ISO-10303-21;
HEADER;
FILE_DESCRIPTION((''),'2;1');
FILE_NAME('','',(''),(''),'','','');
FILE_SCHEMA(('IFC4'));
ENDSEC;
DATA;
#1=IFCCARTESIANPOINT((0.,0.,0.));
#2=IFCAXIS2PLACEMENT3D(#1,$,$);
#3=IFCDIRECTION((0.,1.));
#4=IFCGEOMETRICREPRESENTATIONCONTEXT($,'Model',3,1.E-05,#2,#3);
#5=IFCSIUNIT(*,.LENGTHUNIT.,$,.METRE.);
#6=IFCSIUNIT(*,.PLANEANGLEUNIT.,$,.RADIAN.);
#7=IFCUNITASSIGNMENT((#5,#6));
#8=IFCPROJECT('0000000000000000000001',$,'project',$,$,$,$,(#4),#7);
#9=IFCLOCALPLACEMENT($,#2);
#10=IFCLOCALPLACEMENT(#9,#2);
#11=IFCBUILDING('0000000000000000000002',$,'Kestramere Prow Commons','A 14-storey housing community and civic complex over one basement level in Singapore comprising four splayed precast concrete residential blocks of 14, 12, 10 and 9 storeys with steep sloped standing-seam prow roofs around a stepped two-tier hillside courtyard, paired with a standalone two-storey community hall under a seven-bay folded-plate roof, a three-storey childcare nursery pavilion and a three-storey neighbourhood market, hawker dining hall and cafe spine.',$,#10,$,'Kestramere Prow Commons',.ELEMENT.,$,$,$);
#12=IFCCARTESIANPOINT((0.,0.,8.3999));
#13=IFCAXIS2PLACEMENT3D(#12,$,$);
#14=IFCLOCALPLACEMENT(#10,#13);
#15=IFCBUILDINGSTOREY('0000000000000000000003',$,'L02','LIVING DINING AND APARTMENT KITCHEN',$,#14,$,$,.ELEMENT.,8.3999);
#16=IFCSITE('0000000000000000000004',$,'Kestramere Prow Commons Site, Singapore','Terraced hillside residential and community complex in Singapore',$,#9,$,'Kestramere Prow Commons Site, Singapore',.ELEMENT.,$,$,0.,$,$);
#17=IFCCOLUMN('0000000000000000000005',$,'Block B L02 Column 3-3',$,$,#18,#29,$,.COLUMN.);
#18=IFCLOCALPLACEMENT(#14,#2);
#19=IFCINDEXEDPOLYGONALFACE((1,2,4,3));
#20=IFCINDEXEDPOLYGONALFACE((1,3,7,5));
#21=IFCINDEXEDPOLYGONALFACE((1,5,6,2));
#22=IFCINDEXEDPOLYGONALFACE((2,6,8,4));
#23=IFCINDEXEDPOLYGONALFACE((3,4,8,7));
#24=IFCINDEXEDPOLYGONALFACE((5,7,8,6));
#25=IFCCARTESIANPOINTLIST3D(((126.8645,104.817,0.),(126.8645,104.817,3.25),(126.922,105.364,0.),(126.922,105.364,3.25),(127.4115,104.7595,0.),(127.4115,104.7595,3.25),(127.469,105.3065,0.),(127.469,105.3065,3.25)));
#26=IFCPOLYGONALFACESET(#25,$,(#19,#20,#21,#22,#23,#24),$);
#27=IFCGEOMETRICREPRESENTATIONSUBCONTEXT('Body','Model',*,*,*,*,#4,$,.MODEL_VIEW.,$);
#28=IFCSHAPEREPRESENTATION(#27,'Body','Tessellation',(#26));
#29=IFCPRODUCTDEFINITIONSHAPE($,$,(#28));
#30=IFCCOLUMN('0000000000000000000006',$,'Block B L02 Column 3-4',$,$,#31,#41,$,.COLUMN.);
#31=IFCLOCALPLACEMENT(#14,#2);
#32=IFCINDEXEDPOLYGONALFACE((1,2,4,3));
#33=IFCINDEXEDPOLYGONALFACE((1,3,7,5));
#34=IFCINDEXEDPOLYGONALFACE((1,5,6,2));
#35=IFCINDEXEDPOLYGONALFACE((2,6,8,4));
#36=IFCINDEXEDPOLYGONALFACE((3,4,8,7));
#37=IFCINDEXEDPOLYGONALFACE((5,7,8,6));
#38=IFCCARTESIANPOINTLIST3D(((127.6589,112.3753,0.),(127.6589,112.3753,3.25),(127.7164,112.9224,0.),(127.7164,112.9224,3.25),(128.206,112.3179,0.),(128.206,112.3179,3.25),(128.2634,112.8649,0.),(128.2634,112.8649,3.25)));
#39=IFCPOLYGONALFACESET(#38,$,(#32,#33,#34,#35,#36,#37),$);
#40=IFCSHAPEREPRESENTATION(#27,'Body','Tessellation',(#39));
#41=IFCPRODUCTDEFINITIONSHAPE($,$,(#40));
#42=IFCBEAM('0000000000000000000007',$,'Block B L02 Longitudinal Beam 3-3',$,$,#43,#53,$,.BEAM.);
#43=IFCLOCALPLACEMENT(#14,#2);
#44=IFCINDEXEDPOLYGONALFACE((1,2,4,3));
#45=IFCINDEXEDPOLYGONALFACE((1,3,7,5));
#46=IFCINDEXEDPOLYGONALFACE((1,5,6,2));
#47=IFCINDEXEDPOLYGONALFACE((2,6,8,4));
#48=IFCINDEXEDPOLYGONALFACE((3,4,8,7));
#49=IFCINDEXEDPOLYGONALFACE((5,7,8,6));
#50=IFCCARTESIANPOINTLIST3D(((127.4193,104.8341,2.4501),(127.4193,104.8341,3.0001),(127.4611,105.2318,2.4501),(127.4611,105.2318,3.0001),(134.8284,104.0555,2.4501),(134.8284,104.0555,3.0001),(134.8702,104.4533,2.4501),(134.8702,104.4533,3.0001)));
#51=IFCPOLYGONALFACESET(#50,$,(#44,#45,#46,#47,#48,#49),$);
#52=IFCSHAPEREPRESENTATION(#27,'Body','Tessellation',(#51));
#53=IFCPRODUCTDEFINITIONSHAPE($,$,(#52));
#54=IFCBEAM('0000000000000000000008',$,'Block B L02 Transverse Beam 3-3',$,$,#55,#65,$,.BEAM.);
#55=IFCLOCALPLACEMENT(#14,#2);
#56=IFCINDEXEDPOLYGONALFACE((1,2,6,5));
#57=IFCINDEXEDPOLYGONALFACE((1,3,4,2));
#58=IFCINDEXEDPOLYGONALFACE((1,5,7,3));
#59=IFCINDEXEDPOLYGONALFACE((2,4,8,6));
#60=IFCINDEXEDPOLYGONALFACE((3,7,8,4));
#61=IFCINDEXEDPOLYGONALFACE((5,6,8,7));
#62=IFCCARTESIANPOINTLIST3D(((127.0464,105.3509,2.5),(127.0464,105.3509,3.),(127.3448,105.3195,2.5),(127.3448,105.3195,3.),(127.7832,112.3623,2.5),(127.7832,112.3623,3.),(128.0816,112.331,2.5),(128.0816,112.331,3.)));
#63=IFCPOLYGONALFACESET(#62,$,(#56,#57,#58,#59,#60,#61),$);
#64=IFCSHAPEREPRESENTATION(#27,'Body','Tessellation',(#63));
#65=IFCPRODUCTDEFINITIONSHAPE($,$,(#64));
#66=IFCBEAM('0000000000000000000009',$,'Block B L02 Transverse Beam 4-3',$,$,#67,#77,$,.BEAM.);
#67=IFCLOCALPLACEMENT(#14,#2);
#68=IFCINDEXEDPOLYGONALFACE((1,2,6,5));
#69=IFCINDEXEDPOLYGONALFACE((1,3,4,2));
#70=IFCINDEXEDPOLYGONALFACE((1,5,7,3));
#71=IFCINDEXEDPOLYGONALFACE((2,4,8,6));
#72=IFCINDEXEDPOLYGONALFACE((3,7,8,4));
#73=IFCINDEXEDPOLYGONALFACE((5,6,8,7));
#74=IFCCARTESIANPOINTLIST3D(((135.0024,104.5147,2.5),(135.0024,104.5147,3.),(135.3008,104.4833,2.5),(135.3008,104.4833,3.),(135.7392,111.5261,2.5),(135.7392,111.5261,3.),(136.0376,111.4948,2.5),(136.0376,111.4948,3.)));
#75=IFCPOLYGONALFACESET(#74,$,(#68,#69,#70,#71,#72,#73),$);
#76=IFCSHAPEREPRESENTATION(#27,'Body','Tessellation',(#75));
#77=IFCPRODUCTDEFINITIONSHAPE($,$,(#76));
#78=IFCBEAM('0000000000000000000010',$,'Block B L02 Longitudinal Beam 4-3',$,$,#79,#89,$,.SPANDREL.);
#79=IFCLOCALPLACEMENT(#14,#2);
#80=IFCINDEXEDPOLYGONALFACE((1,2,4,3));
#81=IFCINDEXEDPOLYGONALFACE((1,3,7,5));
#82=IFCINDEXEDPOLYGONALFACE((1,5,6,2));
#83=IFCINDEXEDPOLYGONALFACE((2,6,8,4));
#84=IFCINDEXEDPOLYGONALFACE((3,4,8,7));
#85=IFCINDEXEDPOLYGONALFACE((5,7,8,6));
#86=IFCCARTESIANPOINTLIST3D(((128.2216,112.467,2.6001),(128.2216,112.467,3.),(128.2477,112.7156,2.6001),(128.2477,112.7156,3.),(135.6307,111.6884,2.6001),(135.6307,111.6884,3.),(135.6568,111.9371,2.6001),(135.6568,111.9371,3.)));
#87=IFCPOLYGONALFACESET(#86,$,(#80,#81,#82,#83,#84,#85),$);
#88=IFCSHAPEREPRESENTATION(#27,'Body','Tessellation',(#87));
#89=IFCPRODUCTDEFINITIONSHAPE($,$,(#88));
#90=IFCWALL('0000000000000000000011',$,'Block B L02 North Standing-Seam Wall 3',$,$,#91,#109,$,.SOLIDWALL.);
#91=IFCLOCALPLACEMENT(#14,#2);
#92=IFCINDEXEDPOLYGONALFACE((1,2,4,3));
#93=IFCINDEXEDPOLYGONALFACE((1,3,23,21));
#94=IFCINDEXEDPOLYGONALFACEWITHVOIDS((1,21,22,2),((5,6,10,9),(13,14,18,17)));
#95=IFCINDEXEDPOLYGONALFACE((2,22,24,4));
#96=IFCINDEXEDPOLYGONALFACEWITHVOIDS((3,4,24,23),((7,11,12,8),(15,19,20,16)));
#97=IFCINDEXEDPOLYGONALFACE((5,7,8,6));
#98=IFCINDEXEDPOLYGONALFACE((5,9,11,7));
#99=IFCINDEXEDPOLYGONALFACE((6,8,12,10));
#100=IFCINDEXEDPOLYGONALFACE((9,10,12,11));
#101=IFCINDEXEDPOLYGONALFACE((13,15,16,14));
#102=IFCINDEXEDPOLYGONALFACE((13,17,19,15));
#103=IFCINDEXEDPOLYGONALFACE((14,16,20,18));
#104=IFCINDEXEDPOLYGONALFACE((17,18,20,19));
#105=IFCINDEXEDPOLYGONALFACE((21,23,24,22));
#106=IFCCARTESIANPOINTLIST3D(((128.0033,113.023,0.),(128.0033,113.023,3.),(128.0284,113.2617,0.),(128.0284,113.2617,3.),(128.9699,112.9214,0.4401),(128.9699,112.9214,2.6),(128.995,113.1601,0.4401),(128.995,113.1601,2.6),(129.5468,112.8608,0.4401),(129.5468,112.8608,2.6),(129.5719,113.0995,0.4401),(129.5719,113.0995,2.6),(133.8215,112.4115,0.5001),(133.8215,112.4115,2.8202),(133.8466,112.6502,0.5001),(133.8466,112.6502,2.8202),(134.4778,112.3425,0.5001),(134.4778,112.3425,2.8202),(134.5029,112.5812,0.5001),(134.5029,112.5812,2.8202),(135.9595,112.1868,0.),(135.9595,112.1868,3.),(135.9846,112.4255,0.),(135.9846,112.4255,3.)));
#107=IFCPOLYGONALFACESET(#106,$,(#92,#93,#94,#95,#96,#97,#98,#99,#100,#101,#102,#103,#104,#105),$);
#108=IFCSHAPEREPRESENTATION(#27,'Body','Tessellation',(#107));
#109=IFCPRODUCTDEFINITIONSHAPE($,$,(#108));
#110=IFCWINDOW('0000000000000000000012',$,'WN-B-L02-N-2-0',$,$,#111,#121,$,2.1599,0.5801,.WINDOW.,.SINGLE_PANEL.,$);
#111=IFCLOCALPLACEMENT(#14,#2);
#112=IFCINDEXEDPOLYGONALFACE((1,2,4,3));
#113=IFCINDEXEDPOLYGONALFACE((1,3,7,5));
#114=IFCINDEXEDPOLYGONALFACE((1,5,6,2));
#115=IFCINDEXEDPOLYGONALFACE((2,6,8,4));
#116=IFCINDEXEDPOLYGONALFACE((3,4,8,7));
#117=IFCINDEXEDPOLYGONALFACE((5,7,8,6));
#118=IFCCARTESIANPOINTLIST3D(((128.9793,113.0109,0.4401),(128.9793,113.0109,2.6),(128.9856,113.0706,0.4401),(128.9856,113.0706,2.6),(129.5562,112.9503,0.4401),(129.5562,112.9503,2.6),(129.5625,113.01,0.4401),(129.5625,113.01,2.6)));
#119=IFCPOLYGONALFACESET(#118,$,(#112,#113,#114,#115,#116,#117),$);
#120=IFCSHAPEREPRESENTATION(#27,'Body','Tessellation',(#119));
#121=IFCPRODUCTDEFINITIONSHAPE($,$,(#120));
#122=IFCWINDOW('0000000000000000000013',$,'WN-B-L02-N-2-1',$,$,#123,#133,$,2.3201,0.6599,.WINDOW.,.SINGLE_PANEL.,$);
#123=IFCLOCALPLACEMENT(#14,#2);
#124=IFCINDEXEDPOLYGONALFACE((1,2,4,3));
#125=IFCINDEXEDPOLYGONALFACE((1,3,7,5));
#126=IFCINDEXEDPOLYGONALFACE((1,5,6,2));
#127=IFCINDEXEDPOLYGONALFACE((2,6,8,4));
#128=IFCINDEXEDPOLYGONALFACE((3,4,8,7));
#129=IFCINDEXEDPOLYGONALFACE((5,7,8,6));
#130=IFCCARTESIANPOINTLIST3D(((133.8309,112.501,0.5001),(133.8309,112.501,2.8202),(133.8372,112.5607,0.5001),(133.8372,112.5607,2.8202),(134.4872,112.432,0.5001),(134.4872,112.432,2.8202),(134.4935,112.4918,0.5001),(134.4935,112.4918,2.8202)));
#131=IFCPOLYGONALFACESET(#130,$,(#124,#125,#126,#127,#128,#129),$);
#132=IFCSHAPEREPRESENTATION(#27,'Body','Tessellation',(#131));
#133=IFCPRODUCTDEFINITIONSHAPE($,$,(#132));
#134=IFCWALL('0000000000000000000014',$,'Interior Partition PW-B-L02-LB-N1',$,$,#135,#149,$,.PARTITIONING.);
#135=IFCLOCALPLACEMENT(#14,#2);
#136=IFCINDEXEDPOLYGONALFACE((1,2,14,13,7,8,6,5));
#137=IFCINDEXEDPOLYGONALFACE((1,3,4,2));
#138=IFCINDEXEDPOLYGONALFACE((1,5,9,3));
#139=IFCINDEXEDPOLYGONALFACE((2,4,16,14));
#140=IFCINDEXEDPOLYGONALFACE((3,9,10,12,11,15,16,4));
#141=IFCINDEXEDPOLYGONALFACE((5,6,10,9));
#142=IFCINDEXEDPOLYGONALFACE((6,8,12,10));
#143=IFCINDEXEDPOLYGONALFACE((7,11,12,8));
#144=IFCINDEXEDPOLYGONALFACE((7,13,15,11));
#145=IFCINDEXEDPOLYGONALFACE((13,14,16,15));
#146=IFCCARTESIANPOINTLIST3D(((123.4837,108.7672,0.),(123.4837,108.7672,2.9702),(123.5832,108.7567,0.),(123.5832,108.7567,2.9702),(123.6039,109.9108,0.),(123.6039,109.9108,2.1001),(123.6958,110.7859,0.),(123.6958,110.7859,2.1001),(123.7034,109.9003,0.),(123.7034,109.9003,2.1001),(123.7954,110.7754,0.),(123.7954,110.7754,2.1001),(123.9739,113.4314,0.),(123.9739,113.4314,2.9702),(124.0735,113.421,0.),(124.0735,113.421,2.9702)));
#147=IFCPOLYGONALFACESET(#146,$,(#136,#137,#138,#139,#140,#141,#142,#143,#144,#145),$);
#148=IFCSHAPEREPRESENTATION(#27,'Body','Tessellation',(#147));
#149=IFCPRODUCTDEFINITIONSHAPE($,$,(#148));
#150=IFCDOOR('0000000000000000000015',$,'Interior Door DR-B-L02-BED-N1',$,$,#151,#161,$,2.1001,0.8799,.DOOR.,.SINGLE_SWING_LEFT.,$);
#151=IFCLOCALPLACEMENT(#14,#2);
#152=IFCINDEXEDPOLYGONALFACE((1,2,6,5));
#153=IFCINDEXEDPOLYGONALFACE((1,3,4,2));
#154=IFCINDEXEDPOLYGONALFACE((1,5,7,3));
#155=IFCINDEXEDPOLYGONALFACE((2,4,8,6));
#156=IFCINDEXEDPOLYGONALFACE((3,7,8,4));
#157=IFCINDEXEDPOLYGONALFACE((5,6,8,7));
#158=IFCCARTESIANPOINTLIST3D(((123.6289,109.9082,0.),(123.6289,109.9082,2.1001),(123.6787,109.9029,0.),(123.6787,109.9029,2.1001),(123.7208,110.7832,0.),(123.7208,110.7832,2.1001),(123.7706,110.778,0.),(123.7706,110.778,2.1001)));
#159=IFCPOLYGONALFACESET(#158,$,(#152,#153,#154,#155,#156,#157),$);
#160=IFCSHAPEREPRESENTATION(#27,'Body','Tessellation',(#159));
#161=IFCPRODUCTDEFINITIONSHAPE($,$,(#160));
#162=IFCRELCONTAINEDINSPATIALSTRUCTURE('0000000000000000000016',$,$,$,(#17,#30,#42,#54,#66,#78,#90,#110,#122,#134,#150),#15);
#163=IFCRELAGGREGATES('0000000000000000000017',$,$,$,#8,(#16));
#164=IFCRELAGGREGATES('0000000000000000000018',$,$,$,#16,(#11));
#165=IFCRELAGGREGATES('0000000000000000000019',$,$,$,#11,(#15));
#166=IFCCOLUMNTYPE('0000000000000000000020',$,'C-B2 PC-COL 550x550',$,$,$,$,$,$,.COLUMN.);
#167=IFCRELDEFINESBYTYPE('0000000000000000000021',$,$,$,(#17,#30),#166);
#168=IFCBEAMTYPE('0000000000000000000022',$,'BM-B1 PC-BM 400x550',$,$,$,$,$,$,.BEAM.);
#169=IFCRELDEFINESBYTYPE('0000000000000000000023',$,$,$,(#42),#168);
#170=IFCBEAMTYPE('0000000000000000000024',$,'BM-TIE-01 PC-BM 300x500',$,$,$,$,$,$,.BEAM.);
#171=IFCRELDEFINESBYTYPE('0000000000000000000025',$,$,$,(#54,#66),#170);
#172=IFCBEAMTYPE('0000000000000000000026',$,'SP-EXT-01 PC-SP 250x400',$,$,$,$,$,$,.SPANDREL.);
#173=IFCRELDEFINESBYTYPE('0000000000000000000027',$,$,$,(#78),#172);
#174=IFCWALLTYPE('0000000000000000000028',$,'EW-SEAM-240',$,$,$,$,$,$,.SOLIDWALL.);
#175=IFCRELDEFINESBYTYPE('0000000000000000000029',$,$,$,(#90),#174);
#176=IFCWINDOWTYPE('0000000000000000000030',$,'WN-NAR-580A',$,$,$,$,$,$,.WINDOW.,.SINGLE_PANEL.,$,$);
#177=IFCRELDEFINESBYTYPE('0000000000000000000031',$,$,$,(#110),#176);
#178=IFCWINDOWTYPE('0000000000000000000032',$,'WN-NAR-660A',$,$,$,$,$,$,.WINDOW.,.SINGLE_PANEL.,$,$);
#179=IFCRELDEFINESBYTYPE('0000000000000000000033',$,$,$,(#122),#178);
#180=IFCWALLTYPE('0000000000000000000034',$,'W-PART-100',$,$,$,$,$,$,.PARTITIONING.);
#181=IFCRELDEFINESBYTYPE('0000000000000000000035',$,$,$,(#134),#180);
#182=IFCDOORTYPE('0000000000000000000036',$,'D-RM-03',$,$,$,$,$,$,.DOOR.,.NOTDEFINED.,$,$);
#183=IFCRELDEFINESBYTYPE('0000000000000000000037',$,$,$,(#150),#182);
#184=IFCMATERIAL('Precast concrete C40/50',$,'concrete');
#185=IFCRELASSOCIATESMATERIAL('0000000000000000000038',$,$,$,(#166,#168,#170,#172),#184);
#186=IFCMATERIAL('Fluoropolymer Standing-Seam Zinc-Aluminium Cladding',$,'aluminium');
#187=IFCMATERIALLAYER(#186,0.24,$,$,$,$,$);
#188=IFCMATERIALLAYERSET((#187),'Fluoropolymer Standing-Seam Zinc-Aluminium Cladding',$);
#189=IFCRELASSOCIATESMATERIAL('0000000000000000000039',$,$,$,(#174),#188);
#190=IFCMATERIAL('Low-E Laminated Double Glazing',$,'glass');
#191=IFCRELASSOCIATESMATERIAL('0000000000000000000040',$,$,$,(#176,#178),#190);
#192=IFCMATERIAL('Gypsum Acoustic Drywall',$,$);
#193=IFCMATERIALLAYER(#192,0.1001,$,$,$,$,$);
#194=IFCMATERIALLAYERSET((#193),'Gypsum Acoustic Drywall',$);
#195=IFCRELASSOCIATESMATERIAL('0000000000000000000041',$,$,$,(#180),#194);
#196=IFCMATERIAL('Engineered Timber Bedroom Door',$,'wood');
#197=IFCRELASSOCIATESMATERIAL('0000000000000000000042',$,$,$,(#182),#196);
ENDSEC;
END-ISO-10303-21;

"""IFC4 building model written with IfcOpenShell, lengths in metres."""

from ifc_helpers import new_model, si_unit, direction, frame, frame_2d, origin, origin_2d, place, context, subcontext, project, spatial, rectangle, extrude, material, layer, layer_set, material_profile, profile_set, type_object, element, fill, save


model = new_model("IFC4")

# Units and contexts
model_context = context("Model", 3, precision=1e-05, world=origin(), true_north=direction((0.0, 1.0)))
body_context = subcontext(model_context, "Body", "Model", "MODEL_VIEW")
ifc_project = project(units=[si_unit("LENGTHUNIT", "METRE"), si_unit("PLANEANGLEUNIT", "RADIAN")], contexts=[model_context])

# Site, building, storey
site_placement = place(None, origin())
site = spatial("IfcSite", under=ifc_project, at=site_placement, Name="Kestramere Prow Commons Site, Singapore", Description="Terraced hillside residential and community complex in Singapore", LongName="Kestramere Prow Commons Site, Singapore", CompositionType="ELEMENT", RefElevation=0.0)
building_placement = place(site_placement, origin())
building = spatial("IfcBuilding", under=site, at=building_placement, Name="Kestramere Prow Commons", Description="A 14-storey housing community and civic complex over one basement level in Singapore comprising four splayed precast concrete residential blocks of 14, 12, 10 and 9 storeys with steep sloped standing-seam prow roofs around a stepped two-tier hillside courtyard, paired with a standalone two-storey community hall under a seven-bay folded-plate roof, a three-storey childcare nursery pavilion and a three-storey neighbourhood market, hawker dining hall and cafe spine.", LongName="Kestramere Prow Commons", CompositionType="ELEMENT")
storey_placement = place(building_placement, frame((0.0, 0.0, 8.3999)))
storey = spatial("IfcBuildingStorey", under=building, at=storey_placement, Name="L02", Description="LIVING DINING AND APARTMENT KITCHEN", CompositionType="ELEMENT", Elevation=8.3999)

# Columns
ifc_material_1 = material(Name="Precast concrete C40/50", Category="concrete")
ifc_material_profile_1 = material_profile(ifc_material_1, rectangle(XDim=0.55, YDim=0.55, at=origin_2d()), Name="PC-COL 550x550")
ifc_profile_set_1 = profile_set([ifc_material_profile_1], Name="Precast concrete C40/50")
column_type = type_object("IfcColumnType", Name="C-B2 PC-COL 550x550", PredefinedType="COLUMN", material=ifc_profile_set_1)
for number, where, z_axis, x_axis, name in (
    (1, (127.1667, 105.0618, 0.0), (0.0, 0.0, 1.0), (0.994522, -0.104528, 0.0), "Block B L02 Column 3-3"),
    (2, (127.9612, 112.6201, 0.0), (0.0, 0.0, 1.0), (0.994522, -0.104528, 0.0), "Block B L02 Column 3-4"),
):
    element("IfcColumn", number, at=place(storey_placement, frame(where, z_axis=z_axis, x_axis=x_axis)), inside=storey, type_object=column_type, Name=name, PredefinedType="COLUMN", context=body_context, shape_type="SweptSolid", body=[
        extrude(rectangle(XDim=0.55, YDim=0.55, at=origin_2d()), origin(), (0.0, 0.0, 1.0), 3.25),
    ])

# Beams
ifc_material_profile_2 = material_profile(ifc_material_1, rectangle(XDim=0.3999, YDim=0.55, at=origin_2d()), Name="PC-BM 400x550")
ifc_profile_set_2 = profile_set([ifc_material_profile_2], Name="Precast concrete C40/50")
beam_type_1 = type_object("IfcBeamType", Name="BM-B1 PC-BM 400x550", PredefinedType="BEAM", material=ifc_profile_set_2)
beam_1_placement = place(storey_placement, frame((127.4402, 105.033, 2.7251), z_axis=(0.994524, -0.104506, 0.0), x_axis=(0.104506, 0.994524, 0.0)))
element("IfcBeam", 3, at=beam_1_placement, inside=storey, type_object=beam_type_1, Name="Block B L02 Longitudinal Beam 3-3", PredefinedType="BEAM", context=body_context, shape_type="SweptSolid", body=[
    extrude(rectangle(XDim=0.3999, YDim=0.55, at=origin_2d()), origin(), (0.0, 0.0, 1.0), 7.45),
])
ifc_material_profile_3 = material_profile(ifc_material_1, rectangle(XDim=0.3, YDim=0.5, at=origin_2d()), Name="PC-BM 300x500")
ifc_profile_set_3 = profile_set([ifc_material_profile_3], Name="Precast concrete C40/50")
beam_type_2 = type_object("IfcBeamType", Name="BM-TIE-01 PC-BM 300x500", PredefinedType="BEAM", material=ifc_profile_set_3)
for number, where, z_axis, x_axis, name in (
    (4, (127.1956, 105.3352, 2.75), (0.104512, 0.994524, 0.0), (-0.994524, 0.104512, 0.0), "Block B L02 Transverse Beam 3-3"),
    (5, (135.1516, 104.499, 2.75), (0.104512, 0.994524, 0.0), (-0.994524, 0.104512, 0.0), "Block B L02 Transverse Beam 4-3"),
):
    element("IfcBeam", number, at=place(storey_placement, frame(where, z_axis=z_axis, x_axis=x_axis)), inside=storey, type_object=beam_type_2, Name=name, PredefinedType="BEAM", context=body_context, shape_type="SweptSolid", body=[
        extrude(rectangle(XDim=0.3, YDim=0.5, at=origin_2d()), origin(), (0.0, 0.0, 1.0), 7.05),
    ])
ifc_material_profile_4 = material_profile(ifc_material_1, rectangle(XDim=0.25, YDim=0.3999, at=origin_2d()), Name="PC-SP 250x400")
ifc_profile_set_4 = profile_set([ifc_material_profile_4], Name="Precast concrete C40/50")
beam_type_3 = type_object("IfcBeamType", Name="SP-EXT-01 PC-SP 250x400", PredefinedType="SPANDREL", material=ifc_profile_set_4)
beam_2_placement = place(storey_placement, frame((128.2346, 112.5913, 2.8), z_axis=(0.994524, -0.104506, 0.0), x_axis=(0.104506, 0.994524, 0.0)))
element("IfcBeam", 6, at=beam_2_placement, inside=storey, type_object=beam_type_3, Name="Block B L02 Longitudinal Beam 4-3", PredefinedType="SPANDREL", context=body_context, shape_type="SweptSolid", body=[
    extrude(rectangle(XDim=0.25, YDim=0.3999, at=origin_2d()), origin(), (0.0, 0.0, 1.0), 7.45),
])

# Wall, openings, windows
ifc_material_2 = material(Name="Fluoropolymer Standing-Seam Zinc-Aluminium Cladding", Category="aluminium")
ifc_layer_1 = layer(ifc_material_2, 0.24)
ifc_layer_set_1 = layer_set([ifc_layer_1], Name="Fluoropolymer Standing-Seam Zinc-Aluminium Cladding")
wall_type_1 = type_object("IfcWallType", Name="EW-SEAM-240", PredefinedType="SOLIDWALL", material=ifc_layer_set_1)
wall_1_placement = place(storey_placement, frame((128.0159, 113.1423, 0.0), z_axis=(0.0, 0.0, 1.0), x_axis=(0.994523, -0.104521, 0.0)))
wall_1 = element("IfcWall", 7, at=wall_1_placement, inside=storey, type_object=wall_type_1, Name="Block B L02 North Standing-Seam Wall 3", PredefinedType="SOLIDWALL", context=body_context, shape_type="SweptSolid", body=[
    extrude(rectangle(XDim=8.0, YDim=0.24, at=frame_2d((4.0, 0.0))), origin(), (0.0, 0.0, 1.0), 3.0),
])
opening_1_placement = place(wall_1_placement, frame((0.9719, 0.0, 0.4399)))
opening_1 = element("IfcOpeningElement", 8, at=opening_1_placement, cuts=wall_1, PredefinedType="OPENING", context=body_context, shape_type="SweptSolid", body=[
    extrude(rectangle(XDim=0.5801, YDim=2.1599, at=frame_2d((0.29, 1.0801))), frame((0.0, 0.135, 0.0), z_axis=(0.0, -1.0, 0.0), x_axis=(1.0, 0.0, 0.0)), (0.0, 0.0, 1.0), 0.27),
])
opening_2_placement = place(wall_1_placement, frame((5.8501, 0.0, 0.5)))
opening_2 = element("IfcOpeningElement", 9, at=opening_2_placement, cuts=wall_1, PredefinedType="OPENING", context=body_context, shape_type="SweptSolid", body=[
    extrude(rectangle(XDim=0.6599, YDim=2.3201, at=frame_2d((0.3301, 1.1602))), frame((0.0, 0.135, 0.0), z_axis=(0.0, -1.0, 0.0), x_axis=(1.0, 0.0, 0.0)), (0.0, 0.0, 1.0), 0.27),
])
ifc_material_3 = material(Name="Low-E Laminated Double Glazing", Category="glass")
window_type_1 = type_object("IfcWindowType", Name="WN-NAR-580A", PartitioningType="SINGLE_PANEL", PredefinedType="WINDOW", material=ifc_material_3)
window_1_placement = place(opening_1_placement, origin())
window_1 = element("IfcWindow", 10, at=window_1_placement, inside=storey, type_object=window_type_1, Name="WN-B-L02-N-2-0", OverallHeight=2.1599, OverallWidth=0.5801, PartitioningType="SINGLE_PANEL", PredefinedType="WINDOW", context=body_context, shape_type="SweptSolid", body=[
    extrude(rectangle(XDim=0.5801, YDim=2.1599, at=frame_2d((0.29, 1.0801))), frame((0.0, 0.03, 0.0), z_axis=(0.0, -1.0, 0.0), x_axis=(1.0, 0.0, 0.0)), (0.0, 0.0, 1.0), 0.0601),
])
fill(opening_1, window_1)
window_type_2 = type_object("IfcWindowType", Name="WN-NAR-660A", PartitioningType="SINGLE_PANEL", PredefinedType="WINDOW", material=ifc_material_3)
window_2_placement = place(opening_2_placement, origin())
window_2 = element("IfcWindow", 11, at=window_2_placement, inside=storey, type_object=window_type_2, Name="WN-B-L02-N-2-1", OverallHeight=2.3201, OverallWidth=0.6599, PartitioningType="SINGLE_PANEL", PredefinedType="WINDOW", context=body_context, shape_type="SweptSolid", body=[
    extrude(rectangle(XDim=0.6599, YDim=2.3201, at=frame_2d((0.3301, 1.1602))), frame((0.0, 0.03, 0.0), z_axis=(0.0, -1.0, 0.0), x_axis=(1.0, 0.0, 0.0)), (0.0, 0.0, 1.0), 0.0601),
])
fill(opening_2, window_2)

# Wall, opening, door
ifc_material_4 = material(Name="Gypsum Acoustic Drywall")
ifc_layer_2 = layer(ifc_material_4, 0.1001)
ifc_layer_set_2 = layer_set([ifc_layer_2], Name="Gypsum Acoustic Drywall")
wall_type_2 = type_object("IfcWallType", Name="W-PART-100", PredefinedType="PARTITIONING", material=ifc_layer_set_2)
wall_2_placement = place(storey_placement, frame((123.5334, 108.762, 0.0), z_axis=(0.0, 0.0, 1.0), x_axis=(0.104528, 0.994522, 0.0)))
wall_2 = element("IfcWall", 12, at=wall_2_placement, inside=storey, type_object=wall_type_2, Name="Interior Partition PW-B-L02-LB-N1", PredefinedType="PARTITIONING", context=body_context, shape_type="SweptSolid", body=[
    extrude(rectangle(XDim=4.6899, YDim=0.1001, at=frame_2d((2.345, 0.0))), origin(), (0.0, 0.0, 1.0), 2.9702),
])
opening_3_placement = place(wall_2_placement, frame((1.1499, 0.0, 0.0)))
opening_3 = element("IfcOpeningElement", 13, at=opening_3_placement, cuts=wall_2, PredefinedType="OPENING", context=body_context, shape_type="SweptSolid", body=[
    extrude(rectangle(XDim=0.8799, YDim=2.1001, at=frame_2d((0.4399, 1.05))), frame((0.0, 0.0649, 0.0), z_axis=(0.0, -1.0, 0.0), x_axis=(1.0, 0.0, 0.0)), (0.0, 0.0, 1.0), 0.1301),
])
ifc_material_5 = material(Name="Engineered Timber Bedroom Door", Category="wood")
door_type_1 = type_object("IfcDoorType", Name="D-RM-03", OperationType="NOTDEFINED", PredefinedType="DOOR", material=ifc_material_5)
door_1_placement = place(opening_3_placement, origin())
door_1 = element("IfcDoor", 14, at=door_1_placement, inside=storey, type_object=door_type_1, Name="Interior Door DR-B-L02-BED-N1", OperationType="SINGLE_SWING_LEFT", OverallHeight=2.1001, OverallWidth=0.8799, PredefinedType="DOOR", context=body_context, shape_type="SweptSolid", body=[
    extrude(rectangle(XDim=0.8799, YDim=2.1001, at=frame_2d((0.4399, 1.05))), frame((0.0, 0.0249, 0.0), z_axis=(0.0, -1.0, 0.0), x_axis=(1.0, 0.0, 0.0)), (0.0, 0.0, 1.0), 0.05),
])
fill(opening_3, door_1)

save(model, "model.ifc")
